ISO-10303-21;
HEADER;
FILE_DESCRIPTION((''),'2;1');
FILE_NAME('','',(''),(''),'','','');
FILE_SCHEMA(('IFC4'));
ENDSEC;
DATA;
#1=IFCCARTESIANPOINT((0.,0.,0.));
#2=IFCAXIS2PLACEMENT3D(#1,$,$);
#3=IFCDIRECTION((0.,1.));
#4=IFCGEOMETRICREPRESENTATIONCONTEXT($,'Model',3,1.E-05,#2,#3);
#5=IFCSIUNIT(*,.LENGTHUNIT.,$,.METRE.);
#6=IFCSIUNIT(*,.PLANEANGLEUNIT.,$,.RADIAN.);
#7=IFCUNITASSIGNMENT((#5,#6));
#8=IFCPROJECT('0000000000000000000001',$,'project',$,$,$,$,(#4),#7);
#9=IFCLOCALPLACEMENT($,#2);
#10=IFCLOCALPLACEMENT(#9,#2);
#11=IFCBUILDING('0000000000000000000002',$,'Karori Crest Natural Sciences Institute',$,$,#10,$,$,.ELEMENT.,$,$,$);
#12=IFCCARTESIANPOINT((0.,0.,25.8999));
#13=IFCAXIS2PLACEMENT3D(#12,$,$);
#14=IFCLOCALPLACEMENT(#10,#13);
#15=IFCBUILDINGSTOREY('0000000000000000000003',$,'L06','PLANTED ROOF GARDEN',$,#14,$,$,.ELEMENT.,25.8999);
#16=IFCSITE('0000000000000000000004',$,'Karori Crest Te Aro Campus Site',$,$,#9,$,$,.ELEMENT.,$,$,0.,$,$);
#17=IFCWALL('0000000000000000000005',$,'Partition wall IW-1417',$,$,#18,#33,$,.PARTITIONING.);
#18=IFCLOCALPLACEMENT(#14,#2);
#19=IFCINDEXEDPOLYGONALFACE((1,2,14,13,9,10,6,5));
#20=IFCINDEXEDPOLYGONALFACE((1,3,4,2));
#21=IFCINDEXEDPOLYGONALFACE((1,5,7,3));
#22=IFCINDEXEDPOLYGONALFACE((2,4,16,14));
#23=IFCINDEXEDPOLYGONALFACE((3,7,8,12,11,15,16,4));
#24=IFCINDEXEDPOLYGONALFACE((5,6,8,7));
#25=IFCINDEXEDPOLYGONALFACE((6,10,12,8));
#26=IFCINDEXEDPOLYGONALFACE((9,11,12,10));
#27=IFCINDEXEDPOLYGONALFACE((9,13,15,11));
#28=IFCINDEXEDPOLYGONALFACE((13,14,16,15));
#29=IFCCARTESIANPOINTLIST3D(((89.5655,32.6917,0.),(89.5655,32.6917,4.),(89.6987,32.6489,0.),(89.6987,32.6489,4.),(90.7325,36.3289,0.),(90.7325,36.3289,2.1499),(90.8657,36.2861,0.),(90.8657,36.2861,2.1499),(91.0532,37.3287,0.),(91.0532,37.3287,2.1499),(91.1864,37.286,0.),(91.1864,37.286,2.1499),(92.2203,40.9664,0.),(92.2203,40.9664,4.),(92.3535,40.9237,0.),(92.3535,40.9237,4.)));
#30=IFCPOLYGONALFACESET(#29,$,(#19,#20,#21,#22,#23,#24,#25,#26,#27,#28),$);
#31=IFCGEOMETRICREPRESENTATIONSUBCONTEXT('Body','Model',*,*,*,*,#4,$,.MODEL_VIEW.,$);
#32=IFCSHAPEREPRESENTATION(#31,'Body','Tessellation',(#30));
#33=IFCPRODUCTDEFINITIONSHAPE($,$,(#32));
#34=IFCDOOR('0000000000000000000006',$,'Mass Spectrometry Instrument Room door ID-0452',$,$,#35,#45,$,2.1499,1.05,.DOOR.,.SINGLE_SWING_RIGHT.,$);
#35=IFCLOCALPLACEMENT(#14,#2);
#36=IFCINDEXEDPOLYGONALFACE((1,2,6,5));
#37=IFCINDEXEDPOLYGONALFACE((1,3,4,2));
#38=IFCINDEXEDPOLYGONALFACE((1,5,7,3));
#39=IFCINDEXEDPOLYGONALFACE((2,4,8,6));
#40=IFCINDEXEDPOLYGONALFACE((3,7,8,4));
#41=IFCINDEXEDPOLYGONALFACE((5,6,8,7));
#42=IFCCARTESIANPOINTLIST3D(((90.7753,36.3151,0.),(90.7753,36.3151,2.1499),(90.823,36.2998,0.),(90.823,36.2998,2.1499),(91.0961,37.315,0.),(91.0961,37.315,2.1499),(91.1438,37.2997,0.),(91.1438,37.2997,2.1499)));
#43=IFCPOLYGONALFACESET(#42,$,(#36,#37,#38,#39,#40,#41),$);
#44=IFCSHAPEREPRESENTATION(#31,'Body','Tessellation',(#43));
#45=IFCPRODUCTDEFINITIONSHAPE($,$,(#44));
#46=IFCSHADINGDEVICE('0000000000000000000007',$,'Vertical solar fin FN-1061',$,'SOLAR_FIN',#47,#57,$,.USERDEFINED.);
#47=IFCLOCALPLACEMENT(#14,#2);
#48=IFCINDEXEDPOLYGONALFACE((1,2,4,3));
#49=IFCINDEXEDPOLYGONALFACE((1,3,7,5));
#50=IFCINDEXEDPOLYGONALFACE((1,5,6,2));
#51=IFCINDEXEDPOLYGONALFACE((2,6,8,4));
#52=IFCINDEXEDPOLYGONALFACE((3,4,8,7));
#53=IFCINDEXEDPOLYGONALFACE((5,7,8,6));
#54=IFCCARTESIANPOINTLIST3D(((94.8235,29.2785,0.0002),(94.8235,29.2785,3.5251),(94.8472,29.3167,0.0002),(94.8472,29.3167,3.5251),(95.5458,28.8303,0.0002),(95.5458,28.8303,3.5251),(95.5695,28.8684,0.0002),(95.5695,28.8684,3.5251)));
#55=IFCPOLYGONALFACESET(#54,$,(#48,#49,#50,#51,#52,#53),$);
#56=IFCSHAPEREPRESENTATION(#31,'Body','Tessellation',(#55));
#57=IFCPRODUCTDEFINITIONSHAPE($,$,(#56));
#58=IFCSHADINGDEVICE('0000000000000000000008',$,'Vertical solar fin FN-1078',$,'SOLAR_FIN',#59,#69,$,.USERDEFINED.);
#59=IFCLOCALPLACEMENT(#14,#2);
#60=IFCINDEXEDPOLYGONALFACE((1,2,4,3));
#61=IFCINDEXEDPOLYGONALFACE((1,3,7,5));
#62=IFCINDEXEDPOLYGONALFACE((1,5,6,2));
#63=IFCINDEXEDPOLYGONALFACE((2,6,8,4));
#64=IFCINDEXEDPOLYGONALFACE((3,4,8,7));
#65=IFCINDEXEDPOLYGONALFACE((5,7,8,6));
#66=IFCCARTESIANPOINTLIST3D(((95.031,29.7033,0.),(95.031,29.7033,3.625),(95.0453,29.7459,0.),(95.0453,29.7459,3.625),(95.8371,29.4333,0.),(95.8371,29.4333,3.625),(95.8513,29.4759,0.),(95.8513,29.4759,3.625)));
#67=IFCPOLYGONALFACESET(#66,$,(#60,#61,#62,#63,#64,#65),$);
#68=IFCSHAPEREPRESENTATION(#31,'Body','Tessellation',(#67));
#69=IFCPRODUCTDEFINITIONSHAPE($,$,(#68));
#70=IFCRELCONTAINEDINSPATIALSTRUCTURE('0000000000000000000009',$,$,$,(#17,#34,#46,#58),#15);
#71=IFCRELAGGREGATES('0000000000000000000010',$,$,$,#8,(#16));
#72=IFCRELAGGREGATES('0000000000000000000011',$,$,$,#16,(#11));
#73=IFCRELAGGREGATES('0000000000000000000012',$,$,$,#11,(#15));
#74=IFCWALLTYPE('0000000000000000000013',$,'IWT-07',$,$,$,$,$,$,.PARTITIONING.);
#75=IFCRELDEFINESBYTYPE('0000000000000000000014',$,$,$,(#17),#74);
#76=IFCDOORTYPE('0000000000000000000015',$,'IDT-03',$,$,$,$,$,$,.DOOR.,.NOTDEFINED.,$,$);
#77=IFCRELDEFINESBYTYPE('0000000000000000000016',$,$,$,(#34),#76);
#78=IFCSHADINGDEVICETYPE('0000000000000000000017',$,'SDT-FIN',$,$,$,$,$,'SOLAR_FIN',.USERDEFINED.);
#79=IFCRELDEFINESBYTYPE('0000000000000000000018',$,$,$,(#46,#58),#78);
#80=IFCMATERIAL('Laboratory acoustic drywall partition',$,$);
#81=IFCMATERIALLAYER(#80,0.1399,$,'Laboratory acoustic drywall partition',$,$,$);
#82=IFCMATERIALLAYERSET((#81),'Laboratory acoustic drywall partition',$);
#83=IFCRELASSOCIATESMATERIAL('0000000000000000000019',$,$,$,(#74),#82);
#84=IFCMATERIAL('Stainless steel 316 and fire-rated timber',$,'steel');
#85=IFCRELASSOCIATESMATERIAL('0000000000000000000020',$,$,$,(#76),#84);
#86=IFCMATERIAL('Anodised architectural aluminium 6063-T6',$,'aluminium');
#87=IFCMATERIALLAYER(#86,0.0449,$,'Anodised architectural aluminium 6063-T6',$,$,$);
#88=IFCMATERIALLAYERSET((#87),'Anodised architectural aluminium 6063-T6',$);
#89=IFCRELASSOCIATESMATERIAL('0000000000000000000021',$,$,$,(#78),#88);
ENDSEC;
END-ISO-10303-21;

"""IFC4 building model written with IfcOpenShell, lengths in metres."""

from ifc_helpers import new_model, si_unit, direction, frame, frame_2d, origin, origin_2d, place, context, subcontext, project, spatial, rectangle, extrude, material, layer, layer_set, type_object, element, fill, save


model = new_model("IFC4")

# Units and contexts
model_context = context("Model", 3, precision=1e-05, world=origin(), true_north=direction((0.0, 1.0)))
body_context = subcontext(model_context, "Body", "Model", "MODEL_VIEW")
ifc_project = project(units=[si_unit("LENGTHUNIT", "METRE"), si_unit("PLANEANGLEUNIT", "RADIAN")], contexts=[model_context])

# Site, building, storey
site_placement = place(None, origin())
site = spatial("IfcSite", under=ifc_project, at=site_placement, Name="Karori Crest Te Aro Campus Site", CompositionType="ELEMENT", RefElevation=0.0)
building_placement = place(site_placement, origin())
building = spatial("IfcBuilding", under=site, at=building_placement, Name="Karori Crest Natural Sciences Institute", CompositionType="ELEMENT")
storey_placement = place(building_placement, frame((0.0, 0.0, 25.8999)))
storey = spatial("IfcBuildingStorey", under=building, at=storey_placement, Name="L06", Description="PLANTED ROOF GARDEN", CompositionType="ELEMENT", Elevation=25.8999)

# Shared definitions
ifc_material_1 = material(Name="Anodised architectural aluminium 6063-T6", Category="aluminium")

# Shared definitions
ifc_material_2 = material(Name="Laboratory acoustic drywall partition")
ifc_layer_1 = layer(ifc_material_2, 0.1399, Name="Laboratory acoustic drywall partition")
ifc_layer_set_1 = layer_set([ifc_layer_1], Name="Laboratory acoustic drywall partition")
wall_type = type_object("IfcWallType", Name="IWT-07", PredefinedType="PARTITIONING", material=ifc_layer_set_1)

# Wall, opening, door
wall_1_placement = place(storey_placement, frame((89.6321, 32.6702, 0.0), z_axis=(0.0, 0.0, 1.0), x_axis=(0.305495, 0.952194, 0.0)))
wall_1 = element("IfcWall", 1, at=wall_1_placement, inside=storey, type_object=wall_type, Name="Partition wall IW-1417", PredefinedType="PARTITIONING", context=body_context, shape_type="SweptSolid", body=[
    extrude(rectangle(XDim=8.6902, YDim=0.1399, at=frame_2d((4.3452, 0.0))), origin(), (0.0, 0.0, 1.0), 4.0),
])
opening_placement = place(wall_1_placement, frame((3.8201, 0.0, 0.0)))
opening = element("IfcOpeningElement", 2, at=opening_placement, cuts=wall_1, PredefinedType="OPENING", context=body_context, shape_type="SweptSolid", body=[
    extrude(rectangle(XDim=1.05, YDim=2.1499, at=frame_2d((0.5249, 1.075))), frame((0.0, 0.0801, 0.0), z_axis=(0.0, -1.0, 0.0), x_axis=(1.0, 0.0, 0.0)), (0.0, 0.0, 1.0), 0.1599),
])
ifc_material_3 = material(Name="Stainless steel 316 and fire-rated timber", Category="steel")
door_type = type_object("IfcDoorType", Name="IDT-03", OperationType="NOTDEFINED", PredefinedType="DOOR", material=ifc_material_3)
door_placement = place(opening_placement, origin())
door = element("IfcDoor", 3, at=door_placement, inside=storey, type_object=door_type, Name="Mass Spectrometry Instrument Room door ID-0452", OperationType="SINGLE_SWING_RIGHT", OverallHeight=2.1499, OverallWidth=1.05, PredefinedType="DOOR", context=body_context, shape_type="SweptSolid", body=[
    extrude(rectangle(XDim=1.05, YDim=2.1499, at=frame_2d((0.5249, 1.075))), frame((0.0, 0.0249, 0.0), z_axis=(0.0, -1.0, 0.0), x_axis=(1.0, 0.0, 0.0)), (0.0, 0.0, 1.0), 0.05),
])
fill(opening, door)

# Shading devices
ifc_layer_2 = layer(ifc_material_1, 0.0449, Name="Anodised architectural aluminium 6063-T6")
ifc_layer_set_2 = layer_set([ifc_layer_2], Name="Anodised architectural aluminium 6063-T6")
shading_device_type = type_object("IfcShadingDeviceType", Name="SDT-FIN", ElementType="SOLAR_FIN", PredefinedType="USERDEFINED", material=ifc_layer_set_2)
shading_device_1_placement = place(storey_placement, frame((95.1965, 29.0735, 0.0002), z_axis=(0.0, 0.0, 1.0), x_axis=(0.849665, -0.527324, 0.0)))
element("IfcShadingDevice", 4, at=shading_device_1_placement, inside=storey, type_object=shading_device_type, Name="Vertical solar fin FN-1061", ObjectType="SOLAR_FIN", PredefinedType="USERDEFINED", context=body_context, shape_type="SweptSolid", body=[
    extrude(rectangle(XDim=0.8501, YDim=0.0449, at=origin_2d()), origin(), (0.0, 0.0, 1.0), 3.5249),
])
shading_device_2_placement = place(storey_placement, frame((95.4412, 29.5896, 0.0), z_axis=(0.0, 0.0, 1.0), x_axis=(0.948198, -0.31768, 0.0)))
element("IfcShadingDevice", 5, at=shading_device_2_placement, inside=storey, type_object=shading_device_type, Name="Vertical solar fin FN-1078", ObjectType="SOLAR_FIN", PredefinedType="USERDEFINED", context=body_context, shape_type="SweptSolid", body=[
    extrude(rectangle(XDim=0.8501, YDim=0.0449, at=origin_2d()), origin(), (0.0, 0.0, 1.0), 3.625),
])

save(model, "model.ifc")
